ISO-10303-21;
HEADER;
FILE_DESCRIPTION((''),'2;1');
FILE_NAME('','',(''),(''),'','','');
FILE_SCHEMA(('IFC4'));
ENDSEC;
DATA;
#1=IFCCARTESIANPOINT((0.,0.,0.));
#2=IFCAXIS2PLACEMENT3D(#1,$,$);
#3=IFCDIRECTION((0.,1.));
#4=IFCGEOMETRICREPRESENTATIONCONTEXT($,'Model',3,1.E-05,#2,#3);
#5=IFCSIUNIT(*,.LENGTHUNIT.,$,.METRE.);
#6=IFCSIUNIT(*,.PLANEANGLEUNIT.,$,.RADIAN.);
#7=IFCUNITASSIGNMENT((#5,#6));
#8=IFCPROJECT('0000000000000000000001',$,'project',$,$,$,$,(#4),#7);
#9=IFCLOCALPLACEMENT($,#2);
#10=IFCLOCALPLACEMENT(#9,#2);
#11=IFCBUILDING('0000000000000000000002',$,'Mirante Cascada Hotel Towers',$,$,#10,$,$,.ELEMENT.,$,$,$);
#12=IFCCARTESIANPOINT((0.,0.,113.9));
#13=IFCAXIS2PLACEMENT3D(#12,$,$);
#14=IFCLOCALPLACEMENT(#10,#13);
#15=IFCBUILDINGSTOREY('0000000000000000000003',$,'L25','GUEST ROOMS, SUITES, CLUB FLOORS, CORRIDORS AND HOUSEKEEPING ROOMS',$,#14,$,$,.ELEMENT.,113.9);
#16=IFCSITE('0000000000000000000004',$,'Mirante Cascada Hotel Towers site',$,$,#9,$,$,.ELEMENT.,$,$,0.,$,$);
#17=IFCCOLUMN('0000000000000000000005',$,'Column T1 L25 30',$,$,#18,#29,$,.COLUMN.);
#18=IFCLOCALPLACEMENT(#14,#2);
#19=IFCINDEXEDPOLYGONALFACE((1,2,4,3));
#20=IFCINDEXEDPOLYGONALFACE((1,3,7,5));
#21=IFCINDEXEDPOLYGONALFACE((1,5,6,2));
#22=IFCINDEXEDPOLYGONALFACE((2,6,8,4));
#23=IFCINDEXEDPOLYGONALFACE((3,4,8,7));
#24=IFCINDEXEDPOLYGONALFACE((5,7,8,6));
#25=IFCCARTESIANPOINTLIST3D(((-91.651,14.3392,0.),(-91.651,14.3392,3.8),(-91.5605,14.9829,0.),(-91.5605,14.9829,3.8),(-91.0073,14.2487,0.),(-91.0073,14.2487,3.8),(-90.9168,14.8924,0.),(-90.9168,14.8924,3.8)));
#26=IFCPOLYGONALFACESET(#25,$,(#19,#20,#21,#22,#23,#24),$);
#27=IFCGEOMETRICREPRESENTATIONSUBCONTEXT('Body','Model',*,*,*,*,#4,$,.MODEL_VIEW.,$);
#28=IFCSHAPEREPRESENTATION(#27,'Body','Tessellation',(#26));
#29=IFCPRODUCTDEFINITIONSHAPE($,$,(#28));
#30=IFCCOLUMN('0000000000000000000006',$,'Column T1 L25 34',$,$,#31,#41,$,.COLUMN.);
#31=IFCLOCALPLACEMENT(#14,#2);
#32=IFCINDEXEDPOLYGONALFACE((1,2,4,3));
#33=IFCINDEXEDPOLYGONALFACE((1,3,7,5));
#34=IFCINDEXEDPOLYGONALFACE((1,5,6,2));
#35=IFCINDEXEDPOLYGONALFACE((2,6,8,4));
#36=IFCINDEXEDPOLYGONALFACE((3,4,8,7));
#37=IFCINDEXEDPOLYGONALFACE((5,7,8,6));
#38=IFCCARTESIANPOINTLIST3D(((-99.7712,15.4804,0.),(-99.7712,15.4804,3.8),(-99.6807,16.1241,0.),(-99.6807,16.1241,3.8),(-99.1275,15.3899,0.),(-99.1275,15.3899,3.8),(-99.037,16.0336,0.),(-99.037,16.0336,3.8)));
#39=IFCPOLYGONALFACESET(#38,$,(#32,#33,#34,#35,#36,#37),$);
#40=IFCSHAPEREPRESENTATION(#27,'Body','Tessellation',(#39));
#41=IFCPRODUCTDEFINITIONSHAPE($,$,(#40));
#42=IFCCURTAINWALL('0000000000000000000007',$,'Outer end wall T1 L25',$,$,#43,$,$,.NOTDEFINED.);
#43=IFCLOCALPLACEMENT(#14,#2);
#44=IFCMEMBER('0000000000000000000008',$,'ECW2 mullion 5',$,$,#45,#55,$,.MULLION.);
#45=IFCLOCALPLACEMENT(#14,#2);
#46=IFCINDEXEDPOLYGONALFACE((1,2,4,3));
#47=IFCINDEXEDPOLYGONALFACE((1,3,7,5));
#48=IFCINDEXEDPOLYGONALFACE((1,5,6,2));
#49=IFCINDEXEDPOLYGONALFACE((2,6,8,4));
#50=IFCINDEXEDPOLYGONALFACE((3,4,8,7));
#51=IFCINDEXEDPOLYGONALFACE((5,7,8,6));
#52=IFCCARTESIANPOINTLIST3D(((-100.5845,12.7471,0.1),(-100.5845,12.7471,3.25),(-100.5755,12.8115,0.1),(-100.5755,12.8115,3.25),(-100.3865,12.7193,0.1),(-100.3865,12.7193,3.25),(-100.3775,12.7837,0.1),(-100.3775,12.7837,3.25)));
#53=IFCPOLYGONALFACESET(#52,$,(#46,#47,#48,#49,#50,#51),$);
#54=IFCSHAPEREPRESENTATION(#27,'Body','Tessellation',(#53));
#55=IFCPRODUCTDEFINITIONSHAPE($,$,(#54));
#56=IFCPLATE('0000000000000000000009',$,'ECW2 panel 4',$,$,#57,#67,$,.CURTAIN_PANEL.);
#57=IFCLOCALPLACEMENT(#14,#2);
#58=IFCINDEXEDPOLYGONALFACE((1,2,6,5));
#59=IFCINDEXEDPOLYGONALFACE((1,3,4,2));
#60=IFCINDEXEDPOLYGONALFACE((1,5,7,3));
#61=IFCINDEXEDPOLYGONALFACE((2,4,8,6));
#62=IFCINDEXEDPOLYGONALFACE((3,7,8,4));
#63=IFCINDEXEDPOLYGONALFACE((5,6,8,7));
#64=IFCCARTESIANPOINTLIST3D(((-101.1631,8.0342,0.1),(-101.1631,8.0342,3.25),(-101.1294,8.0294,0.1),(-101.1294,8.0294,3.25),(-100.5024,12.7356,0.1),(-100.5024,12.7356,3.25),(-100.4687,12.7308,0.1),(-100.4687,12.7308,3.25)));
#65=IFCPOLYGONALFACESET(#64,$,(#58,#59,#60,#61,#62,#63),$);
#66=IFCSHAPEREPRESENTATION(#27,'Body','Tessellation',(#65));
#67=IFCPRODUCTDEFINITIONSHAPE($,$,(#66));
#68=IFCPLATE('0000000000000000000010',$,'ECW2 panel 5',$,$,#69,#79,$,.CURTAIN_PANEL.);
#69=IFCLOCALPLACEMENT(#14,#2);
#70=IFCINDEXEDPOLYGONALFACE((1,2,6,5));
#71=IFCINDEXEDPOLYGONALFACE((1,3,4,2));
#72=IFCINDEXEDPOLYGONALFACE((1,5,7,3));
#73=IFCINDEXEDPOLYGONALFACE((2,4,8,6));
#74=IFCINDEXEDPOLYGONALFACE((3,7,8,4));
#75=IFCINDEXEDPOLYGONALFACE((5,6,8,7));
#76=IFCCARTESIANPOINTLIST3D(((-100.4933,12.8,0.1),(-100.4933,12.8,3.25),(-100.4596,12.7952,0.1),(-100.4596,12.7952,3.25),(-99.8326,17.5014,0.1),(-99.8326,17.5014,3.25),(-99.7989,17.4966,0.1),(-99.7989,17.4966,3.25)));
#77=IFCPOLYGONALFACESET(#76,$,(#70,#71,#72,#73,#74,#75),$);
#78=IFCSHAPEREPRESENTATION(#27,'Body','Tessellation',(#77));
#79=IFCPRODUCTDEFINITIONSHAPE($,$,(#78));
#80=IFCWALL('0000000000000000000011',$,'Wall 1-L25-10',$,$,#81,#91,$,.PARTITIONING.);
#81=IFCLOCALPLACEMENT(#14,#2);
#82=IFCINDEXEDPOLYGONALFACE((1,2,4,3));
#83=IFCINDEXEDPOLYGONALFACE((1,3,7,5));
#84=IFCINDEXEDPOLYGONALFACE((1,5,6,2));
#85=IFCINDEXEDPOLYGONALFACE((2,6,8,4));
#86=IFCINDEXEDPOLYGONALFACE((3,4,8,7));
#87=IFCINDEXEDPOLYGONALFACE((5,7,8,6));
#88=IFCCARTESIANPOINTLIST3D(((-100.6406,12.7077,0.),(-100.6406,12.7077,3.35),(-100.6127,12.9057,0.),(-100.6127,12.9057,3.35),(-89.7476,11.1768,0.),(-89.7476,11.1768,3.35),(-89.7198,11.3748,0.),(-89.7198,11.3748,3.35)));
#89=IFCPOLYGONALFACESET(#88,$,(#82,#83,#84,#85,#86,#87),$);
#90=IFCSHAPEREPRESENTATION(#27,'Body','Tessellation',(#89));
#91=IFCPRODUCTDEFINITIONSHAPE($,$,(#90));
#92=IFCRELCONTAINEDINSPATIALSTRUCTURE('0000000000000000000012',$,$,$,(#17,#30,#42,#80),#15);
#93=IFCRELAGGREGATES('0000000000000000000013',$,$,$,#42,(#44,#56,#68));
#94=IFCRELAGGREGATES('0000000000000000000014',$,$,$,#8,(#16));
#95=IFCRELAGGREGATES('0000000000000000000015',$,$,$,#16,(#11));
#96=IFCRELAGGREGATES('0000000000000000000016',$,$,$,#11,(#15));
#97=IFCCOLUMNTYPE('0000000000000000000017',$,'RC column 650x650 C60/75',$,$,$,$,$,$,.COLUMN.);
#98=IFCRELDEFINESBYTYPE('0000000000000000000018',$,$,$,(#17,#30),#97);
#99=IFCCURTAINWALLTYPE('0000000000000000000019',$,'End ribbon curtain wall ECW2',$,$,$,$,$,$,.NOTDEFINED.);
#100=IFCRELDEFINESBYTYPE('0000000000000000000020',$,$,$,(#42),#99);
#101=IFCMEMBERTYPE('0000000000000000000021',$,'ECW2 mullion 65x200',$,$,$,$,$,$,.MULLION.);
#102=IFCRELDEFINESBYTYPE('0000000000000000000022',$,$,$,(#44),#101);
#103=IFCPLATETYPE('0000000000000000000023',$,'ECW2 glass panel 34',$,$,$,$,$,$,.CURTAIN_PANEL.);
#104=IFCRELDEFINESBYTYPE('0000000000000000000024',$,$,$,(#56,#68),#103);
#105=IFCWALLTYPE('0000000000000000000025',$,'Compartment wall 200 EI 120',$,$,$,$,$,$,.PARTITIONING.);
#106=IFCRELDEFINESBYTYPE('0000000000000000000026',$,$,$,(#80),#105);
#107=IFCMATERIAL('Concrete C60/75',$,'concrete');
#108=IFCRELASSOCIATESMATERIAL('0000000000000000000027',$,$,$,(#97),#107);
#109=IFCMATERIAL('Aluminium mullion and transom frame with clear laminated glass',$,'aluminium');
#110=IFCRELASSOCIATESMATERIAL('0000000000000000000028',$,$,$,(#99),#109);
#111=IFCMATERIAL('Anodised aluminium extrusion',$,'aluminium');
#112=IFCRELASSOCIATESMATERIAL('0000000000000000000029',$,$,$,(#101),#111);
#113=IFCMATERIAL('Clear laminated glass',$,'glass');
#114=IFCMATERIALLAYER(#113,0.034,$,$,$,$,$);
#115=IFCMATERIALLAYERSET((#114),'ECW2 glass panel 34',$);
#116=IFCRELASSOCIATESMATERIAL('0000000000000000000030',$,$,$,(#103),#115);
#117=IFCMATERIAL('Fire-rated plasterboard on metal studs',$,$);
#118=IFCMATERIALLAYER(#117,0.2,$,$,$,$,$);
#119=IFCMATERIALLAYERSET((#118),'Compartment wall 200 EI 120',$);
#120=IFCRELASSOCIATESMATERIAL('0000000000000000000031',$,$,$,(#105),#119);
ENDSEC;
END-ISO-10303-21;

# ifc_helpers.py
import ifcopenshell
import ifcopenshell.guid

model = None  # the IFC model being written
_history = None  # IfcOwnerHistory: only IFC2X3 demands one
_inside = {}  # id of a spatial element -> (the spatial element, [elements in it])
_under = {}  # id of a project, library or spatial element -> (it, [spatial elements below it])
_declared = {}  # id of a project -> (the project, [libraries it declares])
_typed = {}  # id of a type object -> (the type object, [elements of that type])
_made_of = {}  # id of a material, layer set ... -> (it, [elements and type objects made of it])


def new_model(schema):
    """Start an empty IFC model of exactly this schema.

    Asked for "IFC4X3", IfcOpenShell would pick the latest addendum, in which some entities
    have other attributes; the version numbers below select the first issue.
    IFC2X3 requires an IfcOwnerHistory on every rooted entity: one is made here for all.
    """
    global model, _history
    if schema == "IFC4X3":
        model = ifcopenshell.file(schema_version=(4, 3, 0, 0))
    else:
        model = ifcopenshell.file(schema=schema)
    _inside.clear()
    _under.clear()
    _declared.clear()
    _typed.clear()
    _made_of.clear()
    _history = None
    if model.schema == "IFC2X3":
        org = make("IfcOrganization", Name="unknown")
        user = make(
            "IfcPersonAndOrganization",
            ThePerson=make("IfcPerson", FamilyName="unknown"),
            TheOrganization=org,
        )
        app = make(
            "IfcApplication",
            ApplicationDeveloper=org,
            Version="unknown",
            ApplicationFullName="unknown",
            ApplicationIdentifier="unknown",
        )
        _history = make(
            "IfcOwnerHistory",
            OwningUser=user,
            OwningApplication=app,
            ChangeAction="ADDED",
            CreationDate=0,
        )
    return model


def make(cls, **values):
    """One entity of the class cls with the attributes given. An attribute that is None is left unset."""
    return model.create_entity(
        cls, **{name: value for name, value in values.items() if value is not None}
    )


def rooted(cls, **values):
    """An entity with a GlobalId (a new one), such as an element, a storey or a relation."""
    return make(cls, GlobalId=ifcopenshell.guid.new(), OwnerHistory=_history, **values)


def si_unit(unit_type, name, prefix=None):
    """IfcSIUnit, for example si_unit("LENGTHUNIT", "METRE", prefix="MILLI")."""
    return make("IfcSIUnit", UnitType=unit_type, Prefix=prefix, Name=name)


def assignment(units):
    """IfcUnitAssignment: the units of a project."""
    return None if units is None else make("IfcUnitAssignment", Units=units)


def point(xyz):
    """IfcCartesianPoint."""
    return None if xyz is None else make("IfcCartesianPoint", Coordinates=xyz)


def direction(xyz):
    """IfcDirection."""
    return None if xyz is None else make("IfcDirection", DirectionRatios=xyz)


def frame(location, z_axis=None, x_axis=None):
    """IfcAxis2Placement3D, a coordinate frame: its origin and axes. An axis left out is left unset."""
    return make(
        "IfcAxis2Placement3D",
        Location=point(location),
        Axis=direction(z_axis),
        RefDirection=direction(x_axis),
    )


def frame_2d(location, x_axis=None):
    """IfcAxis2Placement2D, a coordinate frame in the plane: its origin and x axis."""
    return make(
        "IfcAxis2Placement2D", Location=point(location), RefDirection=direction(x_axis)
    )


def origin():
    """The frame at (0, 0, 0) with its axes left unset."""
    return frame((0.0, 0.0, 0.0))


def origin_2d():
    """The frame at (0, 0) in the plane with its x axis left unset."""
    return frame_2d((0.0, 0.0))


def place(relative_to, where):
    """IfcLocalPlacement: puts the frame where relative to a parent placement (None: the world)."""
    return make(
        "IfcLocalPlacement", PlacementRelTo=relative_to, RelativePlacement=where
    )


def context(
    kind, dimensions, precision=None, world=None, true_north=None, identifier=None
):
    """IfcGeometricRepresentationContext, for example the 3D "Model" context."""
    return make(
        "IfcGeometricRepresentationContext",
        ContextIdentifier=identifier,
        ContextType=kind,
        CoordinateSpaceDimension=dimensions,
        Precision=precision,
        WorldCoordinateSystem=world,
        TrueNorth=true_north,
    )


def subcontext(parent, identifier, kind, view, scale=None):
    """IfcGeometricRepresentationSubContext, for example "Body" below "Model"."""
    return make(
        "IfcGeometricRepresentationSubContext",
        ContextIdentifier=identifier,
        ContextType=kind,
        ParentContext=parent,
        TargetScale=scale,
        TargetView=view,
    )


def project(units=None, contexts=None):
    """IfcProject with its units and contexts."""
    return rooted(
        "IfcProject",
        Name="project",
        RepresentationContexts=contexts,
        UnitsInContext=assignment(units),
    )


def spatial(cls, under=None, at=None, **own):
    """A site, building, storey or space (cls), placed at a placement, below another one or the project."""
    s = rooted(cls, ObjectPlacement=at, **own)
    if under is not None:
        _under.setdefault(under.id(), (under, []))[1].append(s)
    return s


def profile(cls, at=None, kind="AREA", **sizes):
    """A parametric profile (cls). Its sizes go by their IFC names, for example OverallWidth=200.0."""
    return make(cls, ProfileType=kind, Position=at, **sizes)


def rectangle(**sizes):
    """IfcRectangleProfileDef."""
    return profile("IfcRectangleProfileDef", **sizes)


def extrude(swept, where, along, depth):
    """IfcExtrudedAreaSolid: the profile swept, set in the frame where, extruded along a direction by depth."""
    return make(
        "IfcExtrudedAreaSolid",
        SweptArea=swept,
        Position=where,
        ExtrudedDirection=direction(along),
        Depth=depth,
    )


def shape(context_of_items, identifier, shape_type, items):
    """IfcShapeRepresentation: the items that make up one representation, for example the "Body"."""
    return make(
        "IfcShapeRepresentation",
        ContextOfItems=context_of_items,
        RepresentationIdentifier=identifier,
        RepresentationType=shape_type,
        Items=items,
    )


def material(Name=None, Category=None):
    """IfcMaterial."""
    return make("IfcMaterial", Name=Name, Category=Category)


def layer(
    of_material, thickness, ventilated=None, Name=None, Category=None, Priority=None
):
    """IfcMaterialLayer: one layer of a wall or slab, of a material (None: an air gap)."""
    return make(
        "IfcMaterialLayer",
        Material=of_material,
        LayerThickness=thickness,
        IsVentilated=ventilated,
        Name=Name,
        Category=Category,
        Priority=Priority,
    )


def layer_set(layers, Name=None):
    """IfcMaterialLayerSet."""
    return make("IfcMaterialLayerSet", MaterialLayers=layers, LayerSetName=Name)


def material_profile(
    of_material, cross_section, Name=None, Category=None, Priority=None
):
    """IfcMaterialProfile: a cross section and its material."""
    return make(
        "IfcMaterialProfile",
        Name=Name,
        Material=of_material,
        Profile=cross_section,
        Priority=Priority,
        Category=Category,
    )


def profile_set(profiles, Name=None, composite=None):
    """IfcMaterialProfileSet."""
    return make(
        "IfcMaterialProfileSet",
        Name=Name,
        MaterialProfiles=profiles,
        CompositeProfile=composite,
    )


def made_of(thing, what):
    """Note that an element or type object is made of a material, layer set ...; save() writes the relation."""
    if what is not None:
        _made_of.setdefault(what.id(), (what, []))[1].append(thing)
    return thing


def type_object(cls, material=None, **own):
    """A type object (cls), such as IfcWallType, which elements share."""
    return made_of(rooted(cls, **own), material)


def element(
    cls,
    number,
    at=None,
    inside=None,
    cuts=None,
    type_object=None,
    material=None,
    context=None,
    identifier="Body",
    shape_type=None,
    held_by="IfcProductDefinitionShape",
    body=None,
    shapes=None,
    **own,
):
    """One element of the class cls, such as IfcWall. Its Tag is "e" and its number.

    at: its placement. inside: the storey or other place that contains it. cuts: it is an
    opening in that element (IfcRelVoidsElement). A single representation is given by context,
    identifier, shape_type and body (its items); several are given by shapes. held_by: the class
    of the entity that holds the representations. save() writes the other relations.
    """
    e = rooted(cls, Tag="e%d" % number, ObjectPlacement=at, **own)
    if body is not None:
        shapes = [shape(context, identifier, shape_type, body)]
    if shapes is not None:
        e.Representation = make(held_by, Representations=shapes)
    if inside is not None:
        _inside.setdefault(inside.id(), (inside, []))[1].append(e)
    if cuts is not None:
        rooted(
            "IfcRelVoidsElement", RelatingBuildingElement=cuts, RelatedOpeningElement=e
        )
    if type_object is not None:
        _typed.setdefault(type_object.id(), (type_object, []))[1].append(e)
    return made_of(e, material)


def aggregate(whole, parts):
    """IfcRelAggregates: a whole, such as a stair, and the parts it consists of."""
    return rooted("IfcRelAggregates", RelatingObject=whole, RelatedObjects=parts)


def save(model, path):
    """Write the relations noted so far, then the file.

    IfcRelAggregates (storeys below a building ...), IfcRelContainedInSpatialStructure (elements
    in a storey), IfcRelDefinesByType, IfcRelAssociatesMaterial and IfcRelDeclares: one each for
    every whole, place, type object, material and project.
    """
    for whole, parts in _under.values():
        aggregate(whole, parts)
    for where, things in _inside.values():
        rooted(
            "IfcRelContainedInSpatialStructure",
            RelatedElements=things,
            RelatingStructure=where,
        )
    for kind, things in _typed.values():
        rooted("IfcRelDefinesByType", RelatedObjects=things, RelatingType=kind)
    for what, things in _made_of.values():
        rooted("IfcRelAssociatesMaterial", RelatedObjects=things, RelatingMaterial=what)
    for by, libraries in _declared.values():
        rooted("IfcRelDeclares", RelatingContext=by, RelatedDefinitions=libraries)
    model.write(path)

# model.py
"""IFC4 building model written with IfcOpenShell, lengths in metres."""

from ifc_helpers import new_model, si_unit, direction, frame, frame_2d, origin, origin_2d, place, context, subcontext, project, spatial, rectangle, extrude, material, layer, layer_set, material_profile, profile_set, type_object, element, aggregate, save


model = new_model("IFC4")

# Units and contexts
model_context = context("Model", 3, precision=1e-05, world=origin(), true_north=direction((0.0, 1.0)))
body_context = subcontext(model_context, "Body", "Model", "MODEL_VIEW")
ifc_project = project(units=[si_unit("LENGTHUNIT", "METRE"), si_unit("PLANEANGLEUNIT", "RADIAN")], contexts=[model_context])

# Site, building, storey
site_placement = place(None, origin())
site = spatial("IfcSite", under=ifc_project, at=site_placement, Name="Mirante Cascada Hotel Towers site", CompositionType="ELEMENT", RefElevation=0.0)
building_placement = place(site_placement, origin())
building = spatial("IfcBuilding", under=site, at=building_placement, Name="Mirante Cascada Hotel Towers", CompositionType="ELEMENT")
storey_placement = place(building_placement, frame((0.0, 0.0, 113.9)))
storey = spatial("IfcBuildingStorey", under=building, at=storey_placement, Name="L25", Description="GUEST ROOMS, SUITES, CLUB FLOORS, CORRIDORS AND HOUSEKEEPING ROOMS", CompositionType="ELEMENT", Elevation=113.9)

# Columns
ifc_material_1 = material(Name="Concrete C60/75", Category="concrete")
ifc_material_profile_1 = material_profile(ifc_material_1, rectangle(XDim=0.65, YDim=0.65, at=origin_2d()), Name="RC column 650x650 C60/75")
ifc_profile_set_1 = profile_set([ifc_material_profile_1], Name="Concrete C60/75")
column_type = type_object("IfcColumnType", Name="RC column 650x650 C60/75", PredefinedType="COLUMN", material=ifc_profile_set_1)
for number, where, z_axis, x_axis, name in (
    (1, (-91.2839, 14.6158, 0.0), (0.0, 0.0, 1.0), (-0.990268, 0.139173, 0.0), "Column T1 L25 30"),
    (2, (-99.4041, 15.757, 0.0), (0.0, 0.0, 1.0), (-0.990268, 0.139173, 0.0), "Column T1 L25 34"),
):
    element("IfcColumn", number, at=place(storey_placement, frame(where, z_axis=z_axis, x_axis=x_axis)), inside=storey, type_object=column_type, Name=name, PredefinedType="COLUMN", context=body_context, shape_type="SweptSolid", body=[
        extrude(rectangle(XDim=0.65, YDim=0.65, at=origin_2d()), origin(), (0.0, 0.0, 1.0), 3.8),
    ])

# Curtain wall, member, plates
ifc_material_2 = material(Name="Aluminium mullion and transom frame with clear laminated glass", Category="aluminium")
curtain_wall_type = type_object("IfcCurtainWallType", Name="End ribbon curtain wall ECW2", PredefinedType="NOTDEFINED", material=ifc_material_2)
curtain_wall_placement = place(storey_placement, origin())
curtain_wall = element("IfcCurtainWall", 3, at=curtain_wall_placement, inside=storey, type_object=curtain_wall_type, Name="Outer end wall T1 L25", PredefinedType="NOTDEFINED")
ifc_material_3 = material(Name="Anodised aluminium extrusion", Category="aluminium")
ifc_material_profile_2 = material_profile(ifc_material_3, rectangle(XDim=0.2, YDim=0.065, at=origin_2d()), Name="ECW2 MULLION 65x200")
ifc_profile_set_2 = profile_set([ifc_material_profile_2], Name="Anodised aluminium extrusion")
member_type = type_object("IfcMemberType", Name="ECW2 mullion 65x200", PredefinedType="MULLION", material=ifc_profile_set_2)
member_placement = place(storey_placement, frame((-100.481, 12.7654, 0.1), z_axis=(0.0, 0.0, 1.0), x_axis=(-0.990268, 0.139173, 0.0)))
member = element("IfcMember", 4, at=member_placement, type_object=member_type, Name="ECW2 mullion 5", PredefinedType="MULLION", context=body_context, shape_type="SweptSolid", body=[
    extrude(rectangle(XDim=0.2, YDim=0.065, at=origin_2d()), origin(), (0.0, 0.0, 1.0), 3.15),
])
ifc_material_4 = material(Name="Clear laminated glass", Category="glass")
ifc_layer_1 = layer(ifc_material_4, 0.034)
ifc_layer_set_1 = layer_set([ifc_layer_1], Name="ECW2 glass panel 34")
plate_type = type_object("IfcPlateType", Name="ECW2 glass panel 34", PredefinedType="CURTAIN_PANEL", material=ifc_layer_set_1)
plate_1_placement = place(storey_placement, frame((-100.8159, 10.3825, 0.1), z_axis=(0.0, 0.0, 1.0), x_axis=(0.139173, 0.990268, 0.0)))
plate_1 = element("IfcPlate", 5, at=plate_1_placement, type_object=plate_type, Name="ECW2 panel 4", PredefinedType="CURTAIN_PANEL", context=body_context, shape_type="SweptSolid", body=[
    extrude(rectangle(XDim=4.7476, YDim=0.034, at=origin_2d()), origin(), (0.0, 0.0, 1.0), 3.15),
])
plate_2_placement = place(storey_placement, frame((-100.1461, 15.1483, 0.1), z_axis=(0.0, 0.0, 1.0), x_axis=(0.139173, 0.990268, 0.0)))
plate_2 = element("IfcPlate", 6, at=plate_2_placement, type_object=plate_type, Name="ECW2 panel 5", PredefinedType="CURTAIN_PANEL", context=body_context, shape_type="SweptSolid", body=[
    extrude(rectangle(XDim=4.7476, YDim=0.034, at=origin_2d()), origin(), (0.0, 0.0, 1.0), 3.15),
])
aggregate(curtain_wall, [member, plate_1, plate_2])

# Wall
ifc_material_5 = material(Name="Fire-rated plasterboard on metal studs")
ifc_layer_2 = layer(ifc_material_5, 0.2)
ifc_layer_set_2 = layer_set([ifc_layer_2], Name="Compartment wall 200 EI 120")
wall_type_1 = type_object("IfcWallType", Name="Compartment wall 200 EI 120", PredefinedType="PARTITIONING", material=ifc_layer_set_2)
wall_1_placement = place(storey_placement, frame((-89.7337, 11.2758, 0.0), z_axis=(0.0, 0.0, 1.0), x_axis=(-0.990268, 0.139173, 0.0)))
element("IfcWall", 7, at=wall_1_placement, inside=storey, type_object=wall_type_1, Name="Wall 1-L25-10", PredefinedType="PARTITIONING", context=body_context, shape_type="SweptSolid", body=[
    extrude(rectangle(XDim=11.0, YDim=0.2, at=frame_2d((5.5, 0.0))), origin(), (0.0, 0.0, 1.0), 3.35),
])

save(model, "model.ifc")
